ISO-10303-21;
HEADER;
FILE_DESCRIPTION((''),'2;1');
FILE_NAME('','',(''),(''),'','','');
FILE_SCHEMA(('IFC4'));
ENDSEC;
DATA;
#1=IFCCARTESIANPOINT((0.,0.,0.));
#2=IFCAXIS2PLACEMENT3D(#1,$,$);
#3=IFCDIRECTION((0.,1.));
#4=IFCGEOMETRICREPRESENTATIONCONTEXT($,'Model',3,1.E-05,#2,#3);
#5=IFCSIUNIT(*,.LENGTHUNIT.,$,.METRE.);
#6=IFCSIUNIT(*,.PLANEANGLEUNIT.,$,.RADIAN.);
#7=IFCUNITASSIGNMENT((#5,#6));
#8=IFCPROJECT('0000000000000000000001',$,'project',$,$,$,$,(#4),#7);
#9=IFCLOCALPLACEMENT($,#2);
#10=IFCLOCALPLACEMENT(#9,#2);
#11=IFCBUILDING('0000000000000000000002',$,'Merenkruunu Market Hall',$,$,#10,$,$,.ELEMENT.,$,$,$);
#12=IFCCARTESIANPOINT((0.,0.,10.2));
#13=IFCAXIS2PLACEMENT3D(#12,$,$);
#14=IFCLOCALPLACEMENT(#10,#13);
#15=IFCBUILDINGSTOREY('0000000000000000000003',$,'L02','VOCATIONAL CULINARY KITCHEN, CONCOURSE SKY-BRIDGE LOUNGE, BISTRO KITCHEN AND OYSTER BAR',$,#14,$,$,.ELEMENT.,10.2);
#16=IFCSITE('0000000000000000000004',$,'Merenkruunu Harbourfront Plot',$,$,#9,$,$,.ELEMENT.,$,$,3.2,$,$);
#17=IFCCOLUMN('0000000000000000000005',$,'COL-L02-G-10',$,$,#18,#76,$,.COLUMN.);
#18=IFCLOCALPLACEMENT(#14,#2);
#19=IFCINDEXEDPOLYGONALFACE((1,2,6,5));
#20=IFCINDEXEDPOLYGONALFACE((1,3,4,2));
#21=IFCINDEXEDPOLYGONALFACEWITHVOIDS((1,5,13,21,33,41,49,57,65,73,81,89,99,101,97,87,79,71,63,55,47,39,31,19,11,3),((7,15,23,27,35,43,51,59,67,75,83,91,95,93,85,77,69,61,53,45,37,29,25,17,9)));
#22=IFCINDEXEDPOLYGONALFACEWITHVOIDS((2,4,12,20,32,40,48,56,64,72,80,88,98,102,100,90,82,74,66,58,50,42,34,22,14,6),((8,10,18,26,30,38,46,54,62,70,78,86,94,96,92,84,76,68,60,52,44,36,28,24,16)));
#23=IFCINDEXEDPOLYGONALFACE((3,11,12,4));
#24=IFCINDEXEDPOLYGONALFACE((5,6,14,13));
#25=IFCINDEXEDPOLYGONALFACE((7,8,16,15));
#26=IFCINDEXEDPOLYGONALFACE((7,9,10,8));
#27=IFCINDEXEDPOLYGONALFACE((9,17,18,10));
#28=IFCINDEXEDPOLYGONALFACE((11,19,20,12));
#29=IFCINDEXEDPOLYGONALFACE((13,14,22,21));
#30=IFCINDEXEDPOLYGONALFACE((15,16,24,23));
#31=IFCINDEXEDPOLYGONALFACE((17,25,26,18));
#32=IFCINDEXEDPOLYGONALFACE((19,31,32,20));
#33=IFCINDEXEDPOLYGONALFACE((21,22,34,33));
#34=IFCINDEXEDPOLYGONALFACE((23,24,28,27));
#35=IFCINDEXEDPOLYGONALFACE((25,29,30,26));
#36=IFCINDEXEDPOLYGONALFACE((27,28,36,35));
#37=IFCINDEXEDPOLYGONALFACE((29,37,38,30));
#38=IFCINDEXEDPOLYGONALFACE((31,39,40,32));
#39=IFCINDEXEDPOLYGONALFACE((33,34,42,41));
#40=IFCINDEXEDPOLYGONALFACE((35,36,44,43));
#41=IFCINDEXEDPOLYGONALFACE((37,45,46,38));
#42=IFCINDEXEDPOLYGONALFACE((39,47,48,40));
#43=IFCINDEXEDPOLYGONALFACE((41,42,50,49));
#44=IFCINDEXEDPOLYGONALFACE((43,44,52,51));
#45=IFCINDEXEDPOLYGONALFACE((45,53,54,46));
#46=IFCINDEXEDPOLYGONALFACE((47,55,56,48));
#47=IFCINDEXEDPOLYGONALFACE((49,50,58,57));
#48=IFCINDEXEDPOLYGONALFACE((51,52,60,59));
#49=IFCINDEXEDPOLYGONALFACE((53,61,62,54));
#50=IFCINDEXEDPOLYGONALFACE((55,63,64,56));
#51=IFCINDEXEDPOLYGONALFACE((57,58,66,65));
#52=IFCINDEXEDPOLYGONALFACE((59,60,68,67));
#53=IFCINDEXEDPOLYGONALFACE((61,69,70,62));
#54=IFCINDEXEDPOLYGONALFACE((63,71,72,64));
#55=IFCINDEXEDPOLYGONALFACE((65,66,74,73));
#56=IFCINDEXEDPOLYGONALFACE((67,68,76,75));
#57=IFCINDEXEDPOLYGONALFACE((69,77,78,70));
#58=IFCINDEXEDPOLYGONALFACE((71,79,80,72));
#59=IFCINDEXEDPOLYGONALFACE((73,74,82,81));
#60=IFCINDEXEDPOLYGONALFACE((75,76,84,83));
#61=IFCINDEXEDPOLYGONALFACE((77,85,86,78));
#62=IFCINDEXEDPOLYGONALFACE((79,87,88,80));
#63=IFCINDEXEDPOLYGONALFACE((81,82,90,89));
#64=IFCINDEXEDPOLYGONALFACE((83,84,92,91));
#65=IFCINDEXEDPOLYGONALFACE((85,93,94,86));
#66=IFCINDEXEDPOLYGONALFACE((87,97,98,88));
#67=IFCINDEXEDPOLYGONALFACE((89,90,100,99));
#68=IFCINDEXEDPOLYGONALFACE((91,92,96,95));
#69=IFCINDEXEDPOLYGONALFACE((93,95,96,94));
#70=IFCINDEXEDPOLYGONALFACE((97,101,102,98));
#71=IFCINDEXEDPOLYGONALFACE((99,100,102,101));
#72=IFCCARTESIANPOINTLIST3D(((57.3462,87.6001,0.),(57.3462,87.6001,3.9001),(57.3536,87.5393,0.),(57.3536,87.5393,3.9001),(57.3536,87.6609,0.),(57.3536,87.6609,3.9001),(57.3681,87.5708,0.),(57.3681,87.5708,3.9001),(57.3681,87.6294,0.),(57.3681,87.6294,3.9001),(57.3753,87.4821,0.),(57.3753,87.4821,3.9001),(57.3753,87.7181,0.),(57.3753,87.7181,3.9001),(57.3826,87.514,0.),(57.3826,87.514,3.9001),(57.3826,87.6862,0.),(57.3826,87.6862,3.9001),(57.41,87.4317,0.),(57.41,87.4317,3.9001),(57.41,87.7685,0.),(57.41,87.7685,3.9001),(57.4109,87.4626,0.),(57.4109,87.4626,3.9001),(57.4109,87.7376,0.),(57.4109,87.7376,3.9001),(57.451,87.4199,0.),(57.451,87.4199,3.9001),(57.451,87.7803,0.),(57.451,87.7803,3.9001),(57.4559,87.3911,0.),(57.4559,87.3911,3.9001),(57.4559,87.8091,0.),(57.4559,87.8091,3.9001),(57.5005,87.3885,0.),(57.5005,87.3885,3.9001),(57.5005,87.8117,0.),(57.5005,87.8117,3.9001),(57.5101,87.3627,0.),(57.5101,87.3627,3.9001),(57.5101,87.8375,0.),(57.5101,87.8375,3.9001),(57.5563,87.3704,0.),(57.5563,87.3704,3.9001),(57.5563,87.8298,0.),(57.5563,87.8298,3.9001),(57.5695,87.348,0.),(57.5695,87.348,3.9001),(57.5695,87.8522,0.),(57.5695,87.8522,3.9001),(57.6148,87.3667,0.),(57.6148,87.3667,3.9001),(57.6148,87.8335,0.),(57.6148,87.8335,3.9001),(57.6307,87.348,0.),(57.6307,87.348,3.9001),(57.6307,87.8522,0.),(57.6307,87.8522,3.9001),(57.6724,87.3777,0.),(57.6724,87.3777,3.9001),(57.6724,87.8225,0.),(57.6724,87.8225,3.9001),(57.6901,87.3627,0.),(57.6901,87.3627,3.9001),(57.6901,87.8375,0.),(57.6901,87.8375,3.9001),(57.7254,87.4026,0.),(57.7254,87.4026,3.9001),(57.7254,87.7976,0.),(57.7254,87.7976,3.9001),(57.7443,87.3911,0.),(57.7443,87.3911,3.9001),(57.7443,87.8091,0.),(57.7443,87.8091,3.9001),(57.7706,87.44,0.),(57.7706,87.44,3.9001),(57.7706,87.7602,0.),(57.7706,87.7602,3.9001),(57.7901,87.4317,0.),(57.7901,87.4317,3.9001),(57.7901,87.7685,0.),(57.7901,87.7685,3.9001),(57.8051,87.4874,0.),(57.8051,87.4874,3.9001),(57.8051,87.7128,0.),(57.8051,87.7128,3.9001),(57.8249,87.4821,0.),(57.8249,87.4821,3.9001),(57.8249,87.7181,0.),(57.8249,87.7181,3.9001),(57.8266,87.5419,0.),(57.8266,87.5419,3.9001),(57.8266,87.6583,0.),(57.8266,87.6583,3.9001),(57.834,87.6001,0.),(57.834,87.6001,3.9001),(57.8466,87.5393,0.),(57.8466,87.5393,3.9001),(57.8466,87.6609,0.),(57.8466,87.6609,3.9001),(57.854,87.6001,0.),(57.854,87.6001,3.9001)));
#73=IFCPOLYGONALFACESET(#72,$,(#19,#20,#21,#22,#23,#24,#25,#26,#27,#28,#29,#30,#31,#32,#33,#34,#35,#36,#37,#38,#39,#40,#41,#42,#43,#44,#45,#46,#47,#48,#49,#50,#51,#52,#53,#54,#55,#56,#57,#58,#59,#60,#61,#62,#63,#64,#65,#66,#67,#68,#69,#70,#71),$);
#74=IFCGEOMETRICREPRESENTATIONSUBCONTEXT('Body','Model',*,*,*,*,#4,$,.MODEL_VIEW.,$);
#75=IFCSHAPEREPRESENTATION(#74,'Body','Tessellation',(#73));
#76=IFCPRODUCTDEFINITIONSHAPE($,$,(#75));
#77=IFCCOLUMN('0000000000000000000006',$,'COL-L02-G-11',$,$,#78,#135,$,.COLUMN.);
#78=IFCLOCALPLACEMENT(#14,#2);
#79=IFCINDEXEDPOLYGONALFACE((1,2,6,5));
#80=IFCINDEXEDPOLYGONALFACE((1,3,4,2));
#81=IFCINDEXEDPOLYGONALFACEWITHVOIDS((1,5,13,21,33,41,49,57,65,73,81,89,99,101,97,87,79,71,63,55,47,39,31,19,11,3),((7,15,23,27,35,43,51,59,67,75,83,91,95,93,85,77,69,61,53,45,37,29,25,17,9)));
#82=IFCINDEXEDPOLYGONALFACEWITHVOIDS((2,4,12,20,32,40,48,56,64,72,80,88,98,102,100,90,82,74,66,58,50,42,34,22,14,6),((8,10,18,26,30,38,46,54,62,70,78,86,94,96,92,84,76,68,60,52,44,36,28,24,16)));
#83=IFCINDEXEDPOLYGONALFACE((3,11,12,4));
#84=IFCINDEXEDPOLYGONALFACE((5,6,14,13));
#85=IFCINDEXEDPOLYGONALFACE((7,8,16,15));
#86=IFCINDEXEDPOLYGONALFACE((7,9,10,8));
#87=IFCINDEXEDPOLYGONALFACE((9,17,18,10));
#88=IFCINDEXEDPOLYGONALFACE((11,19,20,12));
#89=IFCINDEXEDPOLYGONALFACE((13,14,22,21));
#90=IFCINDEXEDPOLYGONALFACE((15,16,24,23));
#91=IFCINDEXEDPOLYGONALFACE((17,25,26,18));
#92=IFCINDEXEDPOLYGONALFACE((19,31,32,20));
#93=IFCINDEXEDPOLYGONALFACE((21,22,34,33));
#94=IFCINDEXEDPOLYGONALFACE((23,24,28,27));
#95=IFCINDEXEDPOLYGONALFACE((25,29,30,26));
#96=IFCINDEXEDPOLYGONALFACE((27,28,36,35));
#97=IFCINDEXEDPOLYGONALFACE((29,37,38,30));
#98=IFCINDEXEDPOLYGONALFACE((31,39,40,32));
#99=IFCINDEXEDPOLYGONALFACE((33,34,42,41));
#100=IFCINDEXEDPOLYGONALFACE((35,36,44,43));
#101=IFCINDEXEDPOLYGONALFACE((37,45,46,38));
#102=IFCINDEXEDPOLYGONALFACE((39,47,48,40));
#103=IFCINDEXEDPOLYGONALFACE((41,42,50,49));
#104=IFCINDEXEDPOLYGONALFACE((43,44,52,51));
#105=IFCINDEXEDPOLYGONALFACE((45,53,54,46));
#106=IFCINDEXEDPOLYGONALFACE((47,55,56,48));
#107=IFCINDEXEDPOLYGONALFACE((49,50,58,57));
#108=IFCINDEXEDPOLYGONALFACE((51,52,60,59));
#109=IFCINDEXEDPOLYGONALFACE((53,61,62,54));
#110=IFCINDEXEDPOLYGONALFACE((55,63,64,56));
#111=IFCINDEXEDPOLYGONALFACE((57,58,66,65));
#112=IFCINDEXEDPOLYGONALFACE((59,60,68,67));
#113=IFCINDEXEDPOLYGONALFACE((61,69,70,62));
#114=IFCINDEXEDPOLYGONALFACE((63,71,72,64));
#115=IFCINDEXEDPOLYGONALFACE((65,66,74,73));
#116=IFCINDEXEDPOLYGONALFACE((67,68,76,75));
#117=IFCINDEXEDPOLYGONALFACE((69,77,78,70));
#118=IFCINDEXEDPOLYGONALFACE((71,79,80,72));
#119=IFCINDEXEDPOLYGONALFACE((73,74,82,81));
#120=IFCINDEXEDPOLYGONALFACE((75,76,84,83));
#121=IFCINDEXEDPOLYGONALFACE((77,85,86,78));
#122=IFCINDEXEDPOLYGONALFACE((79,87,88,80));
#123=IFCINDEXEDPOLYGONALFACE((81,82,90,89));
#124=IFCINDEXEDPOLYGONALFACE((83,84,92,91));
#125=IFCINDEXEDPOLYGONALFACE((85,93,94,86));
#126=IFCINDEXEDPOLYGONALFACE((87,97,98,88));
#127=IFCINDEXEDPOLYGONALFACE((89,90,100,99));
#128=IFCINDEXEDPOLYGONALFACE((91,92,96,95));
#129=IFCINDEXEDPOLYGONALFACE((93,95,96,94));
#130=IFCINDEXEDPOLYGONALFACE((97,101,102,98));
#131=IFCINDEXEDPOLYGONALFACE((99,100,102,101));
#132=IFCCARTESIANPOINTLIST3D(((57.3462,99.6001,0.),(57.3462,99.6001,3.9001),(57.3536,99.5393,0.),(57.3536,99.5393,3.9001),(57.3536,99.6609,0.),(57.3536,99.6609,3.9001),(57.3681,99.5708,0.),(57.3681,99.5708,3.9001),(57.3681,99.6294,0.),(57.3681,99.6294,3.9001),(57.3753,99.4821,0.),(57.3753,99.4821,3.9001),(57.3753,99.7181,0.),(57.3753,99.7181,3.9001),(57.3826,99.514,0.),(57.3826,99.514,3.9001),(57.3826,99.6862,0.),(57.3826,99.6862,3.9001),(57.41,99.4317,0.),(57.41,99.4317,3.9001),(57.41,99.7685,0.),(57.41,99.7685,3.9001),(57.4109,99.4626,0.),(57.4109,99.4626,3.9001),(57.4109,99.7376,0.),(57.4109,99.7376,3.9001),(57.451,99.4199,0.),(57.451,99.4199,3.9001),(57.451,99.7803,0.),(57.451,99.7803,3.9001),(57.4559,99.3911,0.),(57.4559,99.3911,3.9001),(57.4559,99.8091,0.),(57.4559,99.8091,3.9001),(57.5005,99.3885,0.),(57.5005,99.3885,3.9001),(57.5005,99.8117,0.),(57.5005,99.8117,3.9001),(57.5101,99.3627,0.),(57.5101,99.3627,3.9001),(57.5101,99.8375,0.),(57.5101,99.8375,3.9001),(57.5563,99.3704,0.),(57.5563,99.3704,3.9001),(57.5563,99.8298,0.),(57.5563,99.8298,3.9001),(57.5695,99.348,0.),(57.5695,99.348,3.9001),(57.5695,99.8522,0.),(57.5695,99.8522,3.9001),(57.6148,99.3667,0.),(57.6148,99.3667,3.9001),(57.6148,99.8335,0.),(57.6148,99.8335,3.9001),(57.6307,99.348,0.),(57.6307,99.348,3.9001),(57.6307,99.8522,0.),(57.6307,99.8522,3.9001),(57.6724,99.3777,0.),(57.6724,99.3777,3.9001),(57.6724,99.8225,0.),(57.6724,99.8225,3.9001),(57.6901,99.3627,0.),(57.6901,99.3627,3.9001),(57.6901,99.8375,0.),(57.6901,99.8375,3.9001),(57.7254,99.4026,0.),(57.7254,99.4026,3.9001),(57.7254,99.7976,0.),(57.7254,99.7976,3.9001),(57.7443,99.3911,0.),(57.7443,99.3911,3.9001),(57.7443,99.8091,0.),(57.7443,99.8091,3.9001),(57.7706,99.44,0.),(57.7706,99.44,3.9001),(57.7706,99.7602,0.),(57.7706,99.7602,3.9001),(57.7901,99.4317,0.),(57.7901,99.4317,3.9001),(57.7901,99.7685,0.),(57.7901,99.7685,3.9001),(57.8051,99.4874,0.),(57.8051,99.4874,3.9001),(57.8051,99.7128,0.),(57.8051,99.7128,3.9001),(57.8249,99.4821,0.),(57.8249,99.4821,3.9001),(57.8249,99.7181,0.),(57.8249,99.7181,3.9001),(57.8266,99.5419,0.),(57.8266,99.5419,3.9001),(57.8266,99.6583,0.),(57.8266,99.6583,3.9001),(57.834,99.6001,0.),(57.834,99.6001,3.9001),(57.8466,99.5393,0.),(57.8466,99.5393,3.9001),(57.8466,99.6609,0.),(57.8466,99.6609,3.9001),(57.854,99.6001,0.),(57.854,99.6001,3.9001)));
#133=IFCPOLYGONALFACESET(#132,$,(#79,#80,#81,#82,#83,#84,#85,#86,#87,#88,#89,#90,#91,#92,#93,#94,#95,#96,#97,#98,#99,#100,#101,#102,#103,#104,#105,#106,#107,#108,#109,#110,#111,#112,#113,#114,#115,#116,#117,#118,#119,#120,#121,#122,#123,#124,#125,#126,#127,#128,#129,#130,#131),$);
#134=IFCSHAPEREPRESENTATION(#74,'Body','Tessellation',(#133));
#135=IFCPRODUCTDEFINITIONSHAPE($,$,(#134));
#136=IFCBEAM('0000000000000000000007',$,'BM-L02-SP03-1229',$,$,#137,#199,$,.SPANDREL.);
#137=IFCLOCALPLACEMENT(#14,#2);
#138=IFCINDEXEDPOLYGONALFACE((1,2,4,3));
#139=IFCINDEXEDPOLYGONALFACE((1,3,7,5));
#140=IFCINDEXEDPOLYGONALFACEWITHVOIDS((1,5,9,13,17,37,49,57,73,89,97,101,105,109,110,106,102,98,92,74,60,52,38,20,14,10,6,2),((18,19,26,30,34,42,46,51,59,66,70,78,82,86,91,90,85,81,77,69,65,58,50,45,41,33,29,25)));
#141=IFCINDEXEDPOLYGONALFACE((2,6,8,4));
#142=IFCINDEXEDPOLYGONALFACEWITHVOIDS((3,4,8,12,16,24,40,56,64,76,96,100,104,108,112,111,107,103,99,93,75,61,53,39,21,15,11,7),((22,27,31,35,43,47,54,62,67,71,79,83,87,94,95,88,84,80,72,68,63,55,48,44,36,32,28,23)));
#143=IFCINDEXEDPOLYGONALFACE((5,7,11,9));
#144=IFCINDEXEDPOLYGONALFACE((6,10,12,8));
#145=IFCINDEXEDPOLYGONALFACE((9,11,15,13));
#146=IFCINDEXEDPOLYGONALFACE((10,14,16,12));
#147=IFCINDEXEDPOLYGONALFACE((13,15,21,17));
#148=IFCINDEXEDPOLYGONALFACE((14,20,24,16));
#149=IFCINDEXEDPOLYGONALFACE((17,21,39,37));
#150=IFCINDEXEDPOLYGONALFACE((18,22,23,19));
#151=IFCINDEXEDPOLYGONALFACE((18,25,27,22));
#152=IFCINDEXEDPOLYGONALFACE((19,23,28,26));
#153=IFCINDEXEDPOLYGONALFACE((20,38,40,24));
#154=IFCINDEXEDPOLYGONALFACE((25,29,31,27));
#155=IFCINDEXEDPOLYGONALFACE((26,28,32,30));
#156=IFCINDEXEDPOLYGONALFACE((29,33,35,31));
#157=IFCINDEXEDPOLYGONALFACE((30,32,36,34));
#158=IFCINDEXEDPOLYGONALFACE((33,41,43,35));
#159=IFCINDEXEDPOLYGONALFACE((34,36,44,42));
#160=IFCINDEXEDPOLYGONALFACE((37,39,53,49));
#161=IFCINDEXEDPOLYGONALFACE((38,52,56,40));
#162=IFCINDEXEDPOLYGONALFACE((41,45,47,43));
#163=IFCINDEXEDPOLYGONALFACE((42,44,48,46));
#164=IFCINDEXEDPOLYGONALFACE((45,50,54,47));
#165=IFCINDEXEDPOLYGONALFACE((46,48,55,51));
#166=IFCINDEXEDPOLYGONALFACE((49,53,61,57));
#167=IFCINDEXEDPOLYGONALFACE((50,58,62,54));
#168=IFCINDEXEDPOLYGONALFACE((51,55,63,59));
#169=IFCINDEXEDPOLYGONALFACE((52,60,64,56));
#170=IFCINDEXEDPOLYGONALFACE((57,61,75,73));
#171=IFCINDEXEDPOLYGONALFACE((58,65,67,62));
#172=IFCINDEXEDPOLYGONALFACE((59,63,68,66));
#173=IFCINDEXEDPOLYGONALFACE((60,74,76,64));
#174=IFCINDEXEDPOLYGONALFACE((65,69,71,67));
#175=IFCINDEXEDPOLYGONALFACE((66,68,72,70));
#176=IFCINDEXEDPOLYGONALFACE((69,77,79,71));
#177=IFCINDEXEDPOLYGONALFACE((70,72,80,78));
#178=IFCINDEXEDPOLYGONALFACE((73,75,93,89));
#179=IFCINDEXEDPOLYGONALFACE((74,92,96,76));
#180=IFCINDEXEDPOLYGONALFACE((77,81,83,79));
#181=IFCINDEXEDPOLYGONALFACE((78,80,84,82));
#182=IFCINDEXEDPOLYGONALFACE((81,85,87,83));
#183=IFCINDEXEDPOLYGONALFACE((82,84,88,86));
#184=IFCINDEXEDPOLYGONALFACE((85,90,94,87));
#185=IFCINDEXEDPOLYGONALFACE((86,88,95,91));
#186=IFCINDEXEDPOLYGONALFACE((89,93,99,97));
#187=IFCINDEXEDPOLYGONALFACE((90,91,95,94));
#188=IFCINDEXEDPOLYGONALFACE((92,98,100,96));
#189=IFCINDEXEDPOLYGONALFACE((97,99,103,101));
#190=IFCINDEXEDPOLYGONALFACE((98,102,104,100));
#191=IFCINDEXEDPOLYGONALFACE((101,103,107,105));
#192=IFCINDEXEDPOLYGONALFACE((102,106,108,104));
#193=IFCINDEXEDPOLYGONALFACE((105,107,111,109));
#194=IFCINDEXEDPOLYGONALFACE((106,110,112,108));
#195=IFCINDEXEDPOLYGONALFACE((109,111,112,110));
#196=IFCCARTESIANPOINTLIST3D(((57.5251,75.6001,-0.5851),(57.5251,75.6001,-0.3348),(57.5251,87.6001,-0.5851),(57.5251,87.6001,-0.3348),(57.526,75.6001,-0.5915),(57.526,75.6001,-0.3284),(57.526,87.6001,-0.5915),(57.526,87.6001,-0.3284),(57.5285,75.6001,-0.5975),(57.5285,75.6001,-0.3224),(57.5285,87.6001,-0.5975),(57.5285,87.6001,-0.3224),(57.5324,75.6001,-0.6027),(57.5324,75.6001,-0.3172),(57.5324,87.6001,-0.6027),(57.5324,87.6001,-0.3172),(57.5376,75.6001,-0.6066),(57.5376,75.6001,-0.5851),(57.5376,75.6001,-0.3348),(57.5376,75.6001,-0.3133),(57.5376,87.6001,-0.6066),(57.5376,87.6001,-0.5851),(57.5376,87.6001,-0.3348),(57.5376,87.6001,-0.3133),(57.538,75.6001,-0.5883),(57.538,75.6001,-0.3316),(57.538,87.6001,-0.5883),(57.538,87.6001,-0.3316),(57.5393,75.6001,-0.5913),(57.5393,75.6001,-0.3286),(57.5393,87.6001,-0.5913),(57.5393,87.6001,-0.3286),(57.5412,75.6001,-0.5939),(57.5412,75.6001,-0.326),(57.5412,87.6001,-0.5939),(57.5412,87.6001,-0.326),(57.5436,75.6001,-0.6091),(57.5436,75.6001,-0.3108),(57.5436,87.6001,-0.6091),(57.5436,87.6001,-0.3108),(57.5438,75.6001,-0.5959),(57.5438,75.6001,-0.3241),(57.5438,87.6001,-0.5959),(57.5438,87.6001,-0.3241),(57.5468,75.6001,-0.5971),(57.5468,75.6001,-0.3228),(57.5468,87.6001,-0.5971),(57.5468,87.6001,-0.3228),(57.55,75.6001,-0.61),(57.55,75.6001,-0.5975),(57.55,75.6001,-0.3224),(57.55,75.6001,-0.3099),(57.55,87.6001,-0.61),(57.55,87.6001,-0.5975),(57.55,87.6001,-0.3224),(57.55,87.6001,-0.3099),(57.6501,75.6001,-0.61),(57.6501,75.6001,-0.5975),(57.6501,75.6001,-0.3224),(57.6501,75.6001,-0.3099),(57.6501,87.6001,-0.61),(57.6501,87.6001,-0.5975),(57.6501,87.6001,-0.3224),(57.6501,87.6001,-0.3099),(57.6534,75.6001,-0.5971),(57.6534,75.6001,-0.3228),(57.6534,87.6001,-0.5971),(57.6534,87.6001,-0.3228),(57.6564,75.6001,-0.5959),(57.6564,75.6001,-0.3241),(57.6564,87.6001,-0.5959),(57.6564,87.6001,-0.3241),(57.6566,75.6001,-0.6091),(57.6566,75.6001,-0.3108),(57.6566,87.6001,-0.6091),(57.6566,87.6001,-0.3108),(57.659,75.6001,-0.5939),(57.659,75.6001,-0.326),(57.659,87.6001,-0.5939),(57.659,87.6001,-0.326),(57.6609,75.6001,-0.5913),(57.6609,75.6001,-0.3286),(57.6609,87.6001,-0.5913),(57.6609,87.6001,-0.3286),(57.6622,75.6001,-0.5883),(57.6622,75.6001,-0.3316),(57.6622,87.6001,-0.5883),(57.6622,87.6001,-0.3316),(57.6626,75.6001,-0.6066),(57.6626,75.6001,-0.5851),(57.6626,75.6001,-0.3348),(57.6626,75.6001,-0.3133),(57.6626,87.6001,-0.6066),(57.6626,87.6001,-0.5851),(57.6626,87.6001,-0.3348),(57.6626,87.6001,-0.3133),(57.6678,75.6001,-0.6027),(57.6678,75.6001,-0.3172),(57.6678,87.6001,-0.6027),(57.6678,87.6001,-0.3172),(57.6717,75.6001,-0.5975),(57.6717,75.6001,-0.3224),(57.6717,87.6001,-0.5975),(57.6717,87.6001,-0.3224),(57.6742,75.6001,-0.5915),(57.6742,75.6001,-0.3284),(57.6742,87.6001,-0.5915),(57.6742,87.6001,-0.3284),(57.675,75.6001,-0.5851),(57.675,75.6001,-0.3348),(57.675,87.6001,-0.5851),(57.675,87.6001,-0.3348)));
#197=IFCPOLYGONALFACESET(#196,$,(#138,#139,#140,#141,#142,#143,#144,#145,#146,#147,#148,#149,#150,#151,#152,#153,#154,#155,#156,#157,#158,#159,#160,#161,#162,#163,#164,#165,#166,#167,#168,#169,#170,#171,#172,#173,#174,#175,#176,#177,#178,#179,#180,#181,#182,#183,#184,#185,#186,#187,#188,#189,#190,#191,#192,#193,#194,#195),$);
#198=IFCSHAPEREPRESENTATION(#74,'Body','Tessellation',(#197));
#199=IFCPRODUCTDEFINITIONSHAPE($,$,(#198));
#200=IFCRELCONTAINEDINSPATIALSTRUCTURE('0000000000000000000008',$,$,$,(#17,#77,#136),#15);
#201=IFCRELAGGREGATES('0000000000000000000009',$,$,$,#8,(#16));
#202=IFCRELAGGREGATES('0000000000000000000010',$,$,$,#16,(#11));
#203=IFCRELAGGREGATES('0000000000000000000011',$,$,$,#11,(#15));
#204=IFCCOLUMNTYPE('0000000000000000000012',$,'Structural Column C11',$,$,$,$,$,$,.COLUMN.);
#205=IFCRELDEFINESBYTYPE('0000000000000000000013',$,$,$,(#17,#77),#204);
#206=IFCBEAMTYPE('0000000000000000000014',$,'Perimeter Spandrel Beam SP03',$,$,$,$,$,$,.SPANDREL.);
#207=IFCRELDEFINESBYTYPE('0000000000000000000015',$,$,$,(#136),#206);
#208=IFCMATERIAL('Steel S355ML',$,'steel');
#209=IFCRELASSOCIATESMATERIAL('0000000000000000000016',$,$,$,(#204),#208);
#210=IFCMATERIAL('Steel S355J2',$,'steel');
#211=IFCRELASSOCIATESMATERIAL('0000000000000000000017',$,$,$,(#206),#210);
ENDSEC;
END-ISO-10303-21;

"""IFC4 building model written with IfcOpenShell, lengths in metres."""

from ifc_helpers import new_model, si_unit, direction, frame, origin, origin_2d, place, context, subcontext, project, spatial, hollow_rectangle, hollow_circle, extrude, material, material_profile, profile_set, type_object, element, save


model = new_model("IFC4")

# Units and contexts
model_context = context("Model", 3, precision=1e-05, world=origin(), true_north=direction((0.0, 1.0)))
body_context = subcontext(model_context, "Body", "Model", "MODEL_VIEW")
ifc_project = project(units=[si_unit("LENGTHUNIT", "METRE"), si_unit("PLANEANGLEUNIT", "RADIAN")], contexts=[model_context])

# Site, building, storey
site_placement = place(None, origin())
site = spatial("IfcSite", under=ifc_project, at=site_placement, Name="Merenkruunu Harbourfront Plot", CompositionType="ELEMENT", RefElevation=3.2)
building_placement = place(site_placement, origin())
building = spatial("IfcBuilding", under=site, at=building_placement, Name="Merenkruunu Market Hall", CompositionType="ELEMENT")
storey_placement = place(building_placement, frame((0.0, 0.0, 10.2)))
storey = spatial("IfcBuildingStorey", under=building, at=storey_placement, Name="L02", Description="VOCATIONAL CULINARY KITCHEN, CONCOURSE SKY-BRIDGE LOUNGE, BISTRO KITCHEN AND OYSTER BAR", CompositionType="ELEMENT", Elevation=10.2)

# Columns
ifc_material_1 = material(Name="Steel S355ML", Category="steel")
ifc_material_profile_1 = material_profile(ifc_material_1, hollow_circle(Radius=0.2539, WallThickness=0.02, at=origin_2d()), Name="CHS 508x20")
ifc_profile_set_1 = profile_set([ifc_material_profile_1], Name="Steel S355ML")
column_type = type_object("IfcColumnType", Name="Structural Column C11", PredefinedType="COLUMN", material=ifc_profile_set_1)
for number, where, z_axis, x_axis, name in (
    (1, (57.6001, 87.6001, 0.0), (0.0, 0.0, 1.0), (1.0, 0.0, 0.0), "COL-L02-G-10"),
    (2, (57.6001, 99.6001, 0.0), (0.0, 0.0, 1.0), (1.0, 0.0, 0.0), "COL-L02-G-11"),
):
    element("IfcColumn", number, at=place(storey_placement, frame(where, z_axis=z_axis, x_axis=x_axis)), inside=storey, type_object=column_type, Name=name, PredefinedType="COLUMN", context=body_context, shape_type="SweptSolid", body=[
        extrude(hollow_circle(Radius=0.2539, WallThickness=0.02, at=origin_2d()), origin(), (0.0, 0.0, 1.0), 3.9001),
    ])

# Beam
ifc_material_2 = material(Name="Steel S355J2", Category="steel")
ifc_material_profile_2 = material_profile(ifc_material_2, hollow_rectangle(XDim=0.1499, YDim=0.3, WallThickness=0.0125, InnerFilletRadius=0.0125, OuterFilletRadius=0.0249, at=origin_2d()), Name="RHS 300x150x12.5")
ifc_profile_set_2 = profile_set([ifc_material_profile_2], Name="Steel S355J2")
beam_type_1 = type_object("IfcBeamType", Name="Perimeter Spandrel Beam SP03", PredefinedType="SPANDREL", material=ifc_profile_set_2)
for number, where, z_axis, x_axis, name in (
    (3, (57.6001, 75.6001, -0.46), (0.0, 1.0, 0.0), (-1.0, 0.0, 0.0), "BM-L02-SP03-1229"),
):
    element("IfcBeam", number, at=place(storey_placement, frame(where, z_axis=z_axis, x_axis=x_axis)), inside=storey, type_object=beam_type_1, Name=name, PredefinedType="SPANDREL", context=body_context, shape_type="SweptSolid", body=[
        extrude(hollow_rectangle(XDim=0.1499, YDim=0.3, WallThickness=0.0125, InnerFilletRadius=0.0125, OuterFilletRadius=0.0249, at=origin_2d()), origin(), (0.0, 0.0, 1.0), 12.0),
    ])

save(model, "model.ifc")
